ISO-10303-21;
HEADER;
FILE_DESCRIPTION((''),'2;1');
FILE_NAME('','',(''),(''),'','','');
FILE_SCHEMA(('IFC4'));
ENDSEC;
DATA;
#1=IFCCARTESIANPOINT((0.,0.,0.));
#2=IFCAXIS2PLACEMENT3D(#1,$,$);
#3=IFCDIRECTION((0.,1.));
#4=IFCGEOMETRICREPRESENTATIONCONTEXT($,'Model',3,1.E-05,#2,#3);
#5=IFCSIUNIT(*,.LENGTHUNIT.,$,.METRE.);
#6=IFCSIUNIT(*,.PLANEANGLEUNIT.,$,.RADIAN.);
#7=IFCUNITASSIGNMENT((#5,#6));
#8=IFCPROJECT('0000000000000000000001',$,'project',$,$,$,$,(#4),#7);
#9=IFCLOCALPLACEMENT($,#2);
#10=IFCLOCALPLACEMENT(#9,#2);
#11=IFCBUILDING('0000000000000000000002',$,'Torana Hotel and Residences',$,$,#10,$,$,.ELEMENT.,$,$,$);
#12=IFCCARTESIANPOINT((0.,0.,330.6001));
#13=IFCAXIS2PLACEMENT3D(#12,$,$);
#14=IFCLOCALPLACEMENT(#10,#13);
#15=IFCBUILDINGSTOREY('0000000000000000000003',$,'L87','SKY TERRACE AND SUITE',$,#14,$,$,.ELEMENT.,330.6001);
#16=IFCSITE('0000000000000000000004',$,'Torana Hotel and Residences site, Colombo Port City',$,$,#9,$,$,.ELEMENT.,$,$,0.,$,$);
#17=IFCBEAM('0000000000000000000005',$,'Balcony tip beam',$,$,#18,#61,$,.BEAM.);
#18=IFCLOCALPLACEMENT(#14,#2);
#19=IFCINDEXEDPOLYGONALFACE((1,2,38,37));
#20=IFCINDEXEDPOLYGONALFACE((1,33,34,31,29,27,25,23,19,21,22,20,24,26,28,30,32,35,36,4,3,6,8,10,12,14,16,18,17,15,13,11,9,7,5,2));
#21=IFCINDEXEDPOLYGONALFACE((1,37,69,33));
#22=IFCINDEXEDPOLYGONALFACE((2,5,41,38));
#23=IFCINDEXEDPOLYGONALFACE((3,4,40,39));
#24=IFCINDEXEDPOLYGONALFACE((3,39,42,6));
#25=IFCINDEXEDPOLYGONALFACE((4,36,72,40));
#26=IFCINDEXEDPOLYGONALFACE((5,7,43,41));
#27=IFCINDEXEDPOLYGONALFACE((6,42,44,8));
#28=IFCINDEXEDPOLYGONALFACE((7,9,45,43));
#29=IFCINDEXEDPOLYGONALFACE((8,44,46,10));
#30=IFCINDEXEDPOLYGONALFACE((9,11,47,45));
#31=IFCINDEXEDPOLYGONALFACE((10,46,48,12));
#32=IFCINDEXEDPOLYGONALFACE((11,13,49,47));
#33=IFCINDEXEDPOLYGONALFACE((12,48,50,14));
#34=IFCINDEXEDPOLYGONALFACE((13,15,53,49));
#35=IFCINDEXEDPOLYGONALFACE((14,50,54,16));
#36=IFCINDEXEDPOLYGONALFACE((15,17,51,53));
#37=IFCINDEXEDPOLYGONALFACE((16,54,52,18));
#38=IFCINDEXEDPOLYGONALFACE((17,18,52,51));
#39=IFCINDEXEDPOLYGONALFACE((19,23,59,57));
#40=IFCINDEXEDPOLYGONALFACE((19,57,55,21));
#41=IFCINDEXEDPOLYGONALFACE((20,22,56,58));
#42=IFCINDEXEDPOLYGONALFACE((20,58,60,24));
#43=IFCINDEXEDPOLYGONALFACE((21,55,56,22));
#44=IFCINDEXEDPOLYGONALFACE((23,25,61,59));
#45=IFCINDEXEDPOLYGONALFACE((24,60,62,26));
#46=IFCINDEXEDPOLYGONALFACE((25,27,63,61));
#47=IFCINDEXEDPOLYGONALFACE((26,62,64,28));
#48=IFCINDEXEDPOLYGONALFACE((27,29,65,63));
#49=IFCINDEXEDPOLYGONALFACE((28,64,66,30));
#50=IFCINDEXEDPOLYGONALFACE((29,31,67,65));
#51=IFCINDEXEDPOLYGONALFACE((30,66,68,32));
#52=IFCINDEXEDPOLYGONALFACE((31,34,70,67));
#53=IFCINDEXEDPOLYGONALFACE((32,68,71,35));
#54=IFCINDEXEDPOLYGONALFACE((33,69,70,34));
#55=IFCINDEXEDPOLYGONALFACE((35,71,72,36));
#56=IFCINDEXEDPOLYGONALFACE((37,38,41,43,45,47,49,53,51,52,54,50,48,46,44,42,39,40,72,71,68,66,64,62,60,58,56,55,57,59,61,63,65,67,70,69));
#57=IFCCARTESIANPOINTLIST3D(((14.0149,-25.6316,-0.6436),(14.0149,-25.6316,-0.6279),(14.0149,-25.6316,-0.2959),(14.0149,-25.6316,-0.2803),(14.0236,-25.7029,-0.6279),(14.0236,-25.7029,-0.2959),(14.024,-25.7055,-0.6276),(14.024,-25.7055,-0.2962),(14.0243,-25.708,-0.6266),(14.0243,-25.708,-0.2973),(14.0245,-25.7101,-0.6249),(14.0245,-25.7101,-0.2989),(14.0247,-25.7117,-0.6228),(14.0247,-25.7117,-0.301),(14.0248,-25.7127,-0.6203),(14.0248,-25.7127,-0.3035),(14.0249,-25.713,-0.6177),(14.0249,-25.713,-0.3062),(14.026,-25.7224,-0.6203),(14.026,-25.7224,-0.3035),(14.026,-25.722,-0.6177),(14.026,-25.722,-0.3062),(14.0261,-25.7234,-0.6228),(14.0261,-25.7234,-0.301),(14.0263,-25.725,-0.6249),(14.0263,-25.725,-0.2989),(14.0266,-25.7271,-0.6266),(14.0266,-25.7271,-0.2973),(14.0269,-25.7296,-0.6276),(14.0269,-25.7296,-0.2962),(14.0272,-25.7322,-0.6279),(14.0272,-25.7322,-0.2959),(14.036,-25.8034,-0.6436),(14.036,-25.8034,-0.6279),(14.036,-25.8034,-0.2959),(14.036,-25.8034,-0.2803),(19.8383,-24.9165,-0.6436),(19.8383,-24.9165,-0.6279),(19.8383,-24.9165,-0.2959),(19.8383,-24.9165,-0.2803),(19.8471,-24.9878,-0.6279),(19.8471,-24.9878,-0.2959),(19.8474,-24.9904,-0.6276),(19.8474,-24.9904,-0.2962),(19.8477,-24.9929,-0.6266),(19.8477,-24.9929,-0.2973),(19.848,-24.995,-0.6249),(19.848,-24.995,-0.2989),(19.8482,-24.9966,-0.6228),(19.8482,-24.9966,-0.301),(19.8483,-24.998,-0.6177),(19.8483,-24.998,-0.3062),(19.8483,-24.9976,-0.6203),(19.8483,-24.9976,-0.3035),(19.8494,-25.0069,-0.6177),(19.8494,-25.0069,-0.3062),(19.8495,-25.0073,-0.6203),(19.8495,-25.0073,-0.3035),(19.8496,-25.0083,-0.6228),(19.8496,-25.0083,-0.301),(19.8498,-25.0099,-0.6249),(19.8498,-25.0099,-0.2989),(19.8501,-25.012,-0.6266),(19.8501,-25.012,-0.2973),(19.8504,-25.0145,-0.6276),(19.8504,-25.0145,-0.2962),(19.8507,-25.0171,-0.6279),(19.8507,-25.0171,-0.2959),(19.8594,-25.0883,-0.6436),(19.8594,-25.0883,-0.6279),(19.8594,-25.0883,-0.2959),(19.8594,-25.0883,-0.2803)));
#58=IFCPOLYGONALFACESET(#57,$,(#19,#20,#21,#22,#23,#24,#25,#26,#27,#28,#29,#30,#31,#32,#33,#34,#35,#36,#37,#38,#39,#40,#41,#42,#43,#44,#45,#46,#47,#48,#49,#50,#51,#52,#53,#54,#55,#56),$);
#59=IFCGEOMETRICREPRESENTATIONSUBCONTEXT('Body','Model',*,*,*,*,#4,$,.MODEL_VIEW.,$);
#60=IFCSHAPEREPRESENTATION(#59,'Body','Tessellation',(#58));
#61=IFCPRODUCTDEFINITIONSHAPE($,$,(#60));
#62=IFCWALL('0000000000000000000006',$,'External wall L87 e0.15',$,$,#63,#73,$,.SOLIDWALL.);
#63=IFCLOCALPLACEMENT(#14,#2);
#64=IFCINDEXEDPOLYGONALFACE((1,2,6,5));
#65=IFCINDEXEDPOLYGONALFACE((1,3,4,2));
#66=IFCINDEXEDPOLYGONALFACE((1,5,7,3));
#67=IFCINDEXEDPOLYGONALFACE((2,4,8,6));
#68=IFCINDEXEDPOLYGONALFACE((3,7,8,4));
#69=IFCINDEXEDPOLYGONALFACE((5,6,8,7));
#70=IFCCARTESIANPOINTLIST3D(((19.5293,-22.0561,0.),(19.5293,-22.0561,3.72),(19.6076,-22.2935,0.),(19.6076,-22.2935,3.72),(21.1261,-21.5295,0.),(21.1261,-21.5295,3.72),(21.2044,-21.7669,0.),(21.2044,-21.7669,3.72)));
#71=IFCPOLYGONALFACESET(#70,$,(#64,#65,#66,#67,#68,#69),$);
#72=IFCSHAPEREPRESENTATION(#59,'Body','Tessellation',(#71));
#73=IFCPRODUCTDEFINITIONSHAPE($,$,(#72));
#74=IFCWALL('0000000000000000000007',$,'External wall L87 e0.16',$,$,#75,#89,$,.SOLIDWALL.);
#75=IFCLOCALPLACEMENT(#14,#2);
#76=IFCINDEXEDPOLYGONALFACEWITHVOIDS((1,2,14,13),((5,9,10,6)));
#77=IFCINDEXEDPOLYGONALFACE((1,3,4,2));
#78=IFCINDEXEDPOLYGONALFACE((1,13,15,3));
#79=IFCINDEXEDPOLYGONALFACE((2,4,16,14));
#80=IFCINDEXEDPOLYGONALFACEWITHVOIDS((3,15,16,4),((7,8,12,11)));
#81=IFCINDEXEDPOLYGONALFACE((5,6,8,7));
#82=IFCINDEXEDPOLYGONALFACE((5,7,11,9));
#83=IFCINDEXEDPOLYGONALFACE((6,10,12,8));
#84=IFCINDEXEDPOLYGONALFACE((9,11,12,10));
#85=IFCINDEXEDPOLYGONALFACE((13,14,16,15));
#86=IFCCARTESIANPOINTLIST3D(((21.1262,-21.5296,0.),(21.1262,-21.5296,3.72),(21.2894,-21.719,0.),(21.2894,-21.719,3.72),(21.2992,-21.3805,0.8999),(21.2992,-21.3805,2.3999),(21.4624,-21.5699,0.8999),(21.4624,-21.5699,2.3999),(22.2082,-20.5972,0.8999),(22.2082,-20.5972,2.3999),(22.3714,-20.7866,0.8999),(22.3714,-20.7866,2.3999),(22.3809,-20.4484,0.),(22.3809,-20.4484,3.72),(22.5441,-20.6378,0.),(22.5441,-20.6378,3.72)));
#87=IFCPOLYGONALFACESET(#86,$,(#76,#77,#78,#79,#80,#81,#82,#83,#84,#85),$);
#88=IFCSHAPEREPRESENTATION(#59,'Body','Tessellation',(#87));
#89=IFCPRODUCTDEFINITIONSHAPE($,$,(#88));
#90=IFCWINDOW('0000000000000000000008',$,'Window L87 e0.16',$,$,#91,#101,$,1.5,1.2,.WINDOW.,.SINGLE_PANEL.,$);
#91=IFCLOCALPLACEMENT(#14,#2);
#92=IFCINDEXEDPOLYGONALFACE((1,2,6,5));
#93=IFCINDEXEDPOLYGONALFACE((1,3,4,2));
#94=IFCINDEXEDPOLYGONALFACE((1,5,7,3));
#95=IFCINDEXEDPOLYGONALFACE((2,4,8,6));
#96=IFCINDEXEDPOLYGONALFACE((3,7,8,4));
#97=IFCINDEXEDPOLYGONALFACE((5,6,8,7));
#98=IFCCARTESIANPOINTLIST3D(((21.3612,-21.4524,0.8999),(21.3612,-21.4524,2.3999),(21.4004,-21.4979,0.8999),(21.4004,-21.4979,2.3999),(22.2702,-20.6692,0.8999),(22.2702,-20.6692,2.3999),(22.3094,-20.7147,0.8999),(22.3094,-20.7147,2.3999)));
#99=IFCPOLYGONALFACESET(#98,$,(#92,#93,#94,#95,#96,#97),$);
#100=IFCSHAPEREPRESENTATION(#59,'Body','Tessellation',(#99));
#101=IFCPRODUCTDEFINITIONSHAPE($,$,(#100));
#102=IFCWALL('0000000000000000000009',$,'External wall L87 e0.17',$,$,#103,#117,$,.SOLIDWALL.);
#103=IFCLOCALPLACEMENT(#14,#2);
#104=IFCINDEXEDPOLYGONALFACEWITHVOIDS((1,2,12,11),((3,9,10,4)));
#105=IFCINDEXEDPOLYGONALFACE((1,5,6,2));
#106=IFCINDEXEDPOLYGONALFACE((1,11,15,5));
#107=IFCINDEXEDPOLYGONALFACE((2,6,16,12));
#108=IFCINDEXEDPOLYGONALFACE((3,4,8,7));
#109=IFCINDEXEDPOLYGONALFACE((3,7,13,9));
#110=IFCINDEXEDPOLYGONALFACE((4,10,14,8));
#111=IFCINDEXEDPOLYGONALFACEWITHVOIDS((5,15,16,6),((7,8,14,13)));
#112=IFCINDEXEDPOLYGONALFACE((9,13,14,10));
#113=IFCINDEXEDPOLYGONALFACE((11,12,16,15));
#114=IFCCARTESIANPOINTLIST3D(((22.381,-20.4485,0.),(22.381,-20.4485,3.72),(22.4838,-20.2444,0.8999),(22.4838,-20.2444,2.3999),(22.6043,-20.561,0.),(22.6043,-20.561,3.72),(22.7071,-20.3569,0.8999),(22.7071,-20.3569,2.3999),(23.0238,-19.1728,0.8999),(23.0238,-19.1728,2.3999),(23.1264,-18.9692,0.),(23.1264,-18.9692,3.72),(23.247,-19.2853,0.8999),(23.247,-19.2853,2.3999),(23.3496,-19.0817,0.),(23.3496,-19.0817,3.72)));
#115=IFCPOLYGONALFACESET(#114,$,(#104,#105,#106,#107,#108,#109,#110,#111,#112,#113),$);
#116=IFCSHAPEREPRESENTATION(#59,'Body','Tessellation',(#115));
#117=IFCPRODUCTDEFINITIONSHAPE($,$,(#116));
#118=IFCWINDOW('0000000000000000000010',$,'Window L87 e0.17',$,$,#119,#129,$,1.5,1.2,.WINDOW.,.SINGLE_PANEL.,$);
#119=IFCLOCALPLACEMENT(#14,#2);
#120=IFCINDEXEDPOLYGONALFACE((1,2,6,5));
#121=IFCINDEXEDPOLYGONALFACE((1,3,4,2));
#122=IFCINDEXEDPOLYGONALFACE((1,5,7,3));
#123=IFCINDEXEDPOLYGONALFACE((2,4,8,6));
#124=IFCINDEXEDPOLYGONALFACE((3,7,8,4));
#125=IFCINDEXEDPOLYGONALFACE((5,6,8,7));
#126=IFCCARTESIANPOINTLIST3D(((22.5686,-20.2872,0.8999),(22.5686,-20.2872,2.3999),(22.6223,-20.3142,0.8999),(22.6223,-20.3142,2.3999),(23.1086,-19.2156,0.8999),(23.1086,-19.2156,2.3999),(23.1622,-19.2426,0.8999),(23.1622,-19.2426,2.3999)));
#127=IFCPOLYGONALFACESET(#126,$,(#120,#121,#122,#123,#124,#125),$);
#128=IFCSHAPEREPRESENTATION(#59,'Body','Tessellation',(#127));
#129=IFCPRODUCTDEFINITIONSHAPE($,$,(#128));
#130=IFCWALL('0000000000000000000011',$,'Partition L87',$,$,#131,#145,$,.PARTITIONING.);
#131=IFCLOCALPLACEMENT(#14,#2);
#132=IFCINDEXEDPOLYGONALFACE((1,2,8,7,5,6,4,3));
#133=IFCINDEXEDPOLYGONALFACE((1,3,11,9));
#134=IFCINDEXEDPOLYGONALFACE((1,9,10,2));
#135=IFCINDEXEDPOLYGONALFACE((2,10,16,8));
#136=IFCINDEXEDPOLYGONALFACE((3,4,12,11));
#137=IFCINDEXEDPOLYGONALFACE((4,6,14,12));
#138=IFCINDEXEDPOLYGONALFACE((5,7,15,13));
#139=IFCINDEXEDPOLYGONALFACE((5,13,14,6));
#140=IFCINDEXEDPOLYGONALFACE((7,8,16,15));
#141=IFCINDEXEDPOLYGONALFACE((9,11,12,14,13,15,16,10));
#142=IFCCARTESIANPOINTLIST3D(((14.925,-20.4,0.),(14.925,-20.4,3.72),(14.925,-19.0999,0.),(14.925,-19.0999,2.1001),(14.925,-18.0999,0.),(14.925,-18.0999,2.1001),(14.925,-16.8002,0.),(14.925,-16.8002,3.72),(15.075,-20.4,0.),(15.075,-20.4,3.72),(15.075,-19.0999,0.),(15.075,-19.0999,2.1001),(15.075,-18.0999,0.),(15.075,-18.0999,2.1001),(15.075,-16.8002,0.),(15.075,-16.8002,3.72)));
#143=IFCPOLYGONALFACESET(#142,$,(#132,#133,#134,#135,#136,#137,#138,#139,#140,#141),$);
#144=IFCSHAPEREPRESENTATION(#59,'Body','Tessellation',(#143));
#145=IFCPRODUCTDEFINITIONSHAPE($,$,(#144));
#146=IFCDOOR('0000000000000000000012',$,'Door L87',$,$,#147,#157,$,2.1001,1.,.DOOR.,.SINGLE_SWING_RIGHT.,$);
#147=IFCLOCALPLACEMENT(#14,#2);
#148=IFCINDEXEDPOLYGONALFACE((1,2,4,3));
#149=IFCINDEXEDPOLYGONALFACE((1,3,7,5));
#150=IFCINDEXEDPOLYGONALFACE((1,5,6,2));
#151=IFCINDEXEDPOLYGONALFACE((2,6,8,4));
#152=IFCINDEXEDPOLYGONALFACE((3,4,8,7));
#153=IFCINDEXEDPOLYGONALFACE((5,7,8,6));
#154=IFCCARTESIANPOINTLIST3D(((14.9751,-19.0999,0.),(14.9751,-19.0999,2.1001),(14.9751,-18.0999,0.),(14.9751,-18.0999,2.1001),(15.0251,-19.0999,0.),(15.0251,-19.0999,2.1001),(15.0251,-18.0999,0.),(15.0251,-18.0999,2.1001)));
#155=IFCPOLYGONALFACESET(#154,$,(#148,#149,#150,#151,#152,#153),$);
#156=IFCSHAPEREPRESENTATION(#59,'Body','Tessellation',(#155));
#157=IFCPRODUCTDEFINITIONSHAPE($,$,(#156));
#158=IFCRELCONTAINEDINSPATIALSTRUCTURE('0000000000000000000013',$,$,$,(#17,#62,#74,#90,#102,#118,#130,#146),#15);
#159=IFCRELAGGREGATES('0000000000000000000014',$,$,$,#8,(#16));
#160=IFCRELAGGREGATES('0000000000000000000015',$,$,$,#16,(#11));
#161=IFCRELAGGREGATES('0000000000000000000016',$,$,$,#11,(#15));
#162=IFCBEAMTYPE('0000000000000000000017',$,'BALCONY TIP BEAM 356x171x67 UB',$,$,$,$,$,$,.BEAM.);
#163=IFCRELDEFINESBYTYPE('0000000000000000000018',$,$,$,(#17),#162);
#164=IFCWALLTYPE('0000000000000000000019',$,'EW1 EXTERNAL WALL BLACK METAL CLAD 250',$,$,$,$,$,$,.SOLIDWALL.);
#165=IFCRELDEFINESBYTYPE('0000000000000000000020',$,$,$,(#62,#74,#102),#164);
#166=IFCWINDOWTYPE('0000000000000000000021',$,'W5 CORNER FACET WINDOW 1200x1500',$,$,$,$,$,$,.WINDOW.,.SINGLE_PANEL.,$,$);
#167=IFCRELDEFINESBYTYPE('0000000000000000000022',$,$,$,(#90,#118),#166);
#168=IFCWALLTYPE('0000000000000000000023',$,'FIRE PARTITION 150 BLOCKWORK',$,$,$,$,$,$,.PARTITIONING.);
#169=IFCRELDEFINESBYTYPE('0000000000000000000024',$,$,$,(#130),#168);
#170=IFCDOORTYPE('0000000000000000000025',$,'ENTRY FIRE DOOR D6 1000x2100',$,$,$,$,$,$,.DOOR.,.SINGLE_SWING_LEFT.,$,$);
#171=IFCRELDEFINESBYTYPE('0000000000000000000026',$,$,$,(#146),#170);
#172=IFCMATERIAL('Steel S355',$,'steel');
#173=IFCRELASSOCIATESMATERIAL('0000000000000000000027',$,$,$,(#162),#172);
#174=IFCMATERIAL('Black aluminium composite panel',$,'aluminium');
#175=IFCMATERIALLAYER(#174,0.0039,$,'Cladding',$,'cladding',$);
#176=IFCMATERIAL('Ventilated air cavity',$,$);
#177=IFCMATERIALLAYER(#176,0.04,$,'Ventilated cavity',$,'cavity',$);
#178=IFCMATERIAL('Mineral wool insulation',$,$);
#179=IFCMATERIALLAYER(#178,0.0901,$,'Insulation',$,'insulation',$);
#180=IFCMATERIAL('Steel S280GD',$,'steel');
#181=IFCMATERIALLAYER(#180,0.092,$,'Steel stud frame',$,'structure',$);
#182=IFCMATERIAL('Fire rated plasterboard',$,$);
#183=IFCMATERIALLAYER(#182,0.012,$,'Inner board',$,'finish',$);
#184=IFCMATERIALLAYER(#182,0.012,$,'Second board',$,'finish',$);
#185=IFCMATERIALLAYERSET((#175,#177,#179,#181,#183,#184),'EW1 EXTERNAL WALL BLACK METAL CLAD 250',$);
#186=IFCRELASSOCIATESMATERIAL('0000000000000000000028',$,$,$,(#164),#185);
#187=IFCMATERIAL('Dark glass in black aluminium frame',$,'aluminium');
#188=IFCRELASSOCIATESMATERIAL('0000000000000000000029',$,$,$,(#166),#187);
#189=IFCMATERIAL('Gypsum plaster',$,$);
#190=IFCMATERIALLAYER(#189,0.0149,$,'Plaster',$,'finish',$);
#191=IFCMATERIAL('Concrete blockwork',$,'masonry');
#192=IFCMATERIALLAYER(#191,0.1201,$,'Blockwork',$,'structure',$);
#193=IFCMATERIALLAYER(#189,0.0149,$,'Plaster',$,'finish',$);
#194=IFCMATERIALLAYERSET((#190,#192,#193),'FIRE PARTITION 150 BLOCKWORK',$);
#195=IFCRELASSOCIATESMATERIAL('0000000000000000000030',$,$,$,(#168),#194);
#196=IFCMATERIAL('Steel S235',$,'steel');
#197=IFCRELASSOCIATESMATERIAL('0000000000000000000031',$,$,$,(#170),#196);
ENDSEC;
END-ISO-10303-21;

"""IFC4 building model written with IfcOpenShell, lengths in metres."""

from ifc_helpers import new_model, si_unit, direction, frame, frame_2d, origin, origin_2d, place, context, subcontext, project, spatial, rectangle, i_section, extrude, material, layer, layer_set, material_profile, profile_set, type_object, element, fill, save


model = new_model("IFC4")

# Units and contexts
model_context = context("Model", 3, precision=1e-05, world=origin(), true_north=direction((0.0, 1.0)))
body_context = subcontext(model_context, "Body", "Model", "MODEL_VIEW")
ifc_project = project(units=[si_unit("LENGTHUNIT", "METRE"), si_unit("PLANEANGLEUNIT", "RADIAN")], contexts=[model_context])

# Site, building, storey
site_placement = place(None, origin())
site = spatial("IfcSite", under=ifc_project, at=site_placement, Name="Torana Hotel and Residences site, Colombo Port City", CompositionType="ELEMENT", RefElevation=0.0)
building_placement = place(site_placement, origin())
building = spatial("IfcBuilding", under=site, at=building_placement, Name="Torana Hotel and Residences", CompositionType="ELEMENT")
storey_placement = place(building_placement, frame((0.0, 0.0, 330.6001)))
storey = spatial("IfcBuildingStorey", under=building, at=storey_placement, Name="L87", Description="SKY TERRACE AND SUITE", CompositionType="ELEMENT", Elevation=330.6001)

# Beam
ifc_material_1 = material(Name="Steel S355", Category="steel")
ifc_material_profile_1 = material_profile(ifc_material_1, i_section(OverallWidth=0.1731, OverallDepth=0.3633, WebThickness=0.009, FlangeThickness=0.0156, FilletRadius=0.0103, at=origin_2d()), Name="356x171x67 UB")
ifc_profile_set_1 = profile_set([ifc_material_profile_1], Name="Steel S355")
beam_type_1 = type_object("IfcBeamType", Name="BALCONY TIP BEAM 356x171x67 UB", PredefinedType="BEAM", material=ifc_profile_set_1)
beam_1_placement = place(storey_placement, frame((19.8489, -25.0024, -0.4619), z_axis=(-0.992545, -0.121878, 0.0), x_axis=(0.121878, -0.992545, 0.0)))
element("IfcBeam", 1, at=beam_1_placement, inside=storey, type_object=beam_type_1, Name="Balcony tip beam", PredefinedType="BEAM", context=body_context, shape_type="SweptSolid", body=[
    extrude(i_section(OverallWidth=0.1731, OverallDepth=0.3633, WebThickness=0.009, FlangeThickness=0.0156, FilletRadius=0.0103, at=origin_2d()), origin(), (0.0, 0.0, 1.0), 5.8672),
])

# Wall
ifc_material_2 = material(Name="Black aluminium composite panel", Category="aluminium")
ifc_layer_1 = layer(ifc_material_2, 0.0039, Name="Cladding", Category="cladding")
ifc_material_3 = material(Name="Ventilated air cavity")
ifc_layer_2 = layer(ifc_material_3, 0.04, Name="Ventilated cavity", Category="cavity")
ifc_material_4 = material(Name="Mineral wool insulation")
ifc_layer_3 = layer(ifc_material_4, 0.0901, Name="Insulation", Category="insulation")
ifc_material_5 = material(Name="Steel S280GD", Category="steel")
ifc_layer_4 = layer(ifc_material_5, 0.092, Name="Steel stud frame", Category="structure")
ifc_material_6 = material(Name="Fire rated plasterboard")
ifc_layer_5 = layer(ifc_material_6, 0.012, Name="Inner board", Category="finish")
ifc_layer_6 = layer(ifc_material_6, 0.012, Name="Second board", Category="finish")
ifc_layer_set_1 = layer_set([ifc_layer_1, ifc_layer_2, ifc_layer_3, ifc_layer_4, ifc_layer_5, ifc_layer_6], Name="EW1 EXTERNAL WALL BLACK METAL CLAD 250")
wall_type_1 = type_object("IfcWallType", Name="EW1 EXTERNAL WALL BLACK METAL CLAD 250", PredefinedType="SOLIDWALL", material=ifc_layer_set_1)
wall_1_placement = place(storey_placement, frame((19.5684, -22.1748, 0.0), z_axis=(0.0, 0.0, 1.0), x_axis=(0.949695, 0.313177, 0.0)))
element("IfcWall", 2, at=wall_1_placement, inside=storey, type_object=wall_type_1, Name="External wall L87 e0.15", PredefinedType="SOLIDWALL", context=body_context, shape_type="SweptSolid", body=[
    extrude(rectangle(XDim=1.6814, YDim=0.25, at=frame_2d((0.8408, 0.0))), origin(), (0.0, 0.0, 1.0), 3.72),
])

# Walls, openings, windows
wall_2_placement = place(storey_placement, frame((21.2078, -21.6243, 0.0), z_axis=(0.0, 0.0, 1.0), x_axis=(0.757568, 0.652756, 0.0)))
wall_2 = element("IfcWall", 3, at=wall_2_placement, inside=storey, type_object=wall_type_1, Name="External wall L87 e0.16", PredefinedType="SOLIDWALL", context=body_context, shape_type="SweptSolid", body=[
    extrude(rectangle(XDim=1.6562, YDim=0.25, at=frame_2d((0.8281, 0.0))), origin(), (0.0, 0.0, 1.0), 3.72),
])
opening_1_placement = place(wall_2_placement, frame((0.2283, 0.0, 0.8999)))
opening_1 = element("IfcOpeningElement", 4, at=opening_1_placement, cuts=wall_2, PredefinedType="OPENING", context=body_context, shape_type="SweptSolid", body=[
    extrude(rectangle(XDim=1.2, YDim=1.5, at=frame_2d((0.6001, 0.75))), frame((0.0, 0.135, 0.0), z_axis=(0.0, -1.0, 0.0), x_axis=(1.0, 0.0, 0.0)), (0.0, 0.0, 1.0), 0.27),
])
ifc_material_7 = material(Name="Dark glass in black aluminium frame", Category="aluminium")
window_type = type_object("IfcWindowType", Name="W5 CORNER FACET WINDOW 1200x1500", PartitioningType="SINGLE_PANEL", PredefinedType="WINDOW", material=ifc_material_7)
window_1_placement = place(opening_1_placement, origin())
window_1 = element("IfcWindow", 5, at=window_1_placement, inside=storey, type_object=window_type, Name="Window L87 e0.16", OverallHeight=1.5, OverallWidth=1.2, PartitioningType="SINGLE_PANEL", PredefinedType="WINDOW", context=body_context, shape_type="SweptSolid", body=[
    extrude(rectangle(XDim=1.2, YDim=1.5, at=frame_2d((0.6001, 0.75))), frame((0.0, 0.03, 0.0), z_axis=(0.0, -1.0, 0.0), x_axis=(1.0, 0.0, 0.0)), (0.0, 0.0, 1.0), 0.0601),
])
fill(opening_1, window_1)
wall_3_placement = place(storey_placement, frame((22.4927, -20.5046, 0.0), z_axis=(0.0, 0.0, 1.0), x_axis=(0.449982, 0.893037, 0.0)))
wall_3 = element("IfcWall", 6, at=wall_3_placement, inside=storey, type_object=wall_type_1, Name="External wall L87 e0.17", PredefinedType="SOLIDWALL", context=body_context, shape_type="SweptSolid", body=[
    extrude(rectangle(XDim=1.6565, YDim=0.25, at=frame_2d((0.8281, 0.0))), origin(), (0.0, 0.0, 1.0), 3.72),
])
opening_2_placement = place(wall_3_placement, frame((0.2283, 0.0, 0.8999)))
opening_2 = element("IfcOpeningElement", 7, at=opening_2_placement, cuts=wall_3, PredefinedType="OPENING", context=body_context, shape_type="SweptSolid", body=[
    extrude(rectangle(XDim=1.2, YDim=1.5, at=frame_2d((0.6001, 0.75))), frame((0.0, 0.135, 0.0), z_axis=(0.0, -1.0, 0.0), x_axis=(1.0, 0.0, 0.0)), (0.0, 0.0, 1.0), 0.27),
])
window_2_placement = place(opening_2_placement, origin())
window_2 = element("IfcWindow", 8, at=window_2_placement, inside=storey, type_object=window_type, Name="Window L87 e0.17", OverallHeight=1.5, OverallWidth=1.2, PartitioningType="SINGLE_PANEL", PredefinedType="WINDOW", context=body_context, shape_type="SweptSolid", body=[
    extrude(rectangle(XDim=1.2, YDim=1.5, at=frame_2d((0.6001, 0.75))), frame((0.0, 0.03, 0.0), z_axis=(0.0, -1.0, 0.0), x_axis=(1.0, 0.0, 0.0)), (0.0, 0.0, 1.0), 0.0601),
])
fill(opening_2, window_2)

# Wall, opening, door
ifc_material_8 = material(Name="Gypsum plaster")
ifc_layer_7 = layer(ifc_material_8, 0.0149, Name="Plaster", Category="finish")
ifc_material_9 = material(Name="Concrete blockwork", Category="masonry")
ifc_layer_8 = layer(ifc_material_9, 0.1201, Name="Blockwork", Category="structure")
ifc_layer_9 = layer(ifc_material_8, 0.0149, Name="Plaster", Category="finish")
ifc_layer_set_2 = layer_set([ifc_layer_7, ifc_layer_8, ifc_layer_9], Name="FIRE PARTITION 150 BLOCKWORK")
wall_type_2 = type_object("IfcWallType", Name="FIRE PARTITION 150 BLOCKWORK", PredefinedType="PARTITIONING", material=ifc_layer_set_2)
wall_4_placement = place(storey_placement, frame((15.0, -20.3999, 0.0), z_axis=(0.0, 0.0, 1.0), x_axis=(0.0, 1.0, 0.0)))
wall_4 = element("IfcWall", 9, at=wall_4_placement, inside=storey, type_object=wall_type_2, Name="Partition L87", PredefinedType="PARTITIONING", context=body_context, shape_type="SweptSolid", body=[
    extrude(rectangle(XDim=3.5999, YDim=0.1499, at=frame_2d((1.7998, 0.0))), origin(), (0.0, 0.0, 1.0), 3.72),
])
opening_3_placement = place(wall_4_placement, frame((1.3, 0.0, 0.0)))
opening_3 = element("IfcOpeningElement", 10, at=opening_3_placement, cuts=wall_4, PredefinedType="OPENING", context=body_context, shape_type="SweptSolid", body=[
    extrude(rectangle(XDim=1.0, YDim=2.1001, at=frame_2d((0.5, 1.05))), frame((0.0, 0.085, 0.0), z_axis=(0.0, -1.0, 0.0), x_axis=(1.0, 0.0, 0.0)), (0.0, 0.0, 1.0), 0.1699),
])
ifc_material_10 = material(Name="Steel S235", Category="steel")
door_type_1 = type_object("IfcDoorType", Name="ENTRY FIRE DOOR D6 1000x2100", OperationType="SINGLE_SWING_LEFT", PredefinedType="DOOR", material=ifc_material_10)
door_1_placement = place(opening_3_placement, origin())
door_1 = element("IfcDoor", 11, at=door_1_placement, inside=storey, type_object=door_type_1, Name="Door L87", OperationType="SINGLE_SWING_RIGHT", OverallHeight=2.1001, OverallWidth=1.0, PredefinedType="DOOR", context=body_context, shape_type="SweptSolid", body=[
    extrude(rectangle(XDim=1.0, YDim=2.1001, at=frame_2d((0.5, 1.05))), frame((0.0, 0.0249, 0.0), z_axis=(0.0, -1.0, 0.0), x_axis=(1.0, 0.0, 0.0)), (0.0, 0.0, 1.0), 0.05),
])
fill(opening_3, door_1)

save(model, "model.ifc")
